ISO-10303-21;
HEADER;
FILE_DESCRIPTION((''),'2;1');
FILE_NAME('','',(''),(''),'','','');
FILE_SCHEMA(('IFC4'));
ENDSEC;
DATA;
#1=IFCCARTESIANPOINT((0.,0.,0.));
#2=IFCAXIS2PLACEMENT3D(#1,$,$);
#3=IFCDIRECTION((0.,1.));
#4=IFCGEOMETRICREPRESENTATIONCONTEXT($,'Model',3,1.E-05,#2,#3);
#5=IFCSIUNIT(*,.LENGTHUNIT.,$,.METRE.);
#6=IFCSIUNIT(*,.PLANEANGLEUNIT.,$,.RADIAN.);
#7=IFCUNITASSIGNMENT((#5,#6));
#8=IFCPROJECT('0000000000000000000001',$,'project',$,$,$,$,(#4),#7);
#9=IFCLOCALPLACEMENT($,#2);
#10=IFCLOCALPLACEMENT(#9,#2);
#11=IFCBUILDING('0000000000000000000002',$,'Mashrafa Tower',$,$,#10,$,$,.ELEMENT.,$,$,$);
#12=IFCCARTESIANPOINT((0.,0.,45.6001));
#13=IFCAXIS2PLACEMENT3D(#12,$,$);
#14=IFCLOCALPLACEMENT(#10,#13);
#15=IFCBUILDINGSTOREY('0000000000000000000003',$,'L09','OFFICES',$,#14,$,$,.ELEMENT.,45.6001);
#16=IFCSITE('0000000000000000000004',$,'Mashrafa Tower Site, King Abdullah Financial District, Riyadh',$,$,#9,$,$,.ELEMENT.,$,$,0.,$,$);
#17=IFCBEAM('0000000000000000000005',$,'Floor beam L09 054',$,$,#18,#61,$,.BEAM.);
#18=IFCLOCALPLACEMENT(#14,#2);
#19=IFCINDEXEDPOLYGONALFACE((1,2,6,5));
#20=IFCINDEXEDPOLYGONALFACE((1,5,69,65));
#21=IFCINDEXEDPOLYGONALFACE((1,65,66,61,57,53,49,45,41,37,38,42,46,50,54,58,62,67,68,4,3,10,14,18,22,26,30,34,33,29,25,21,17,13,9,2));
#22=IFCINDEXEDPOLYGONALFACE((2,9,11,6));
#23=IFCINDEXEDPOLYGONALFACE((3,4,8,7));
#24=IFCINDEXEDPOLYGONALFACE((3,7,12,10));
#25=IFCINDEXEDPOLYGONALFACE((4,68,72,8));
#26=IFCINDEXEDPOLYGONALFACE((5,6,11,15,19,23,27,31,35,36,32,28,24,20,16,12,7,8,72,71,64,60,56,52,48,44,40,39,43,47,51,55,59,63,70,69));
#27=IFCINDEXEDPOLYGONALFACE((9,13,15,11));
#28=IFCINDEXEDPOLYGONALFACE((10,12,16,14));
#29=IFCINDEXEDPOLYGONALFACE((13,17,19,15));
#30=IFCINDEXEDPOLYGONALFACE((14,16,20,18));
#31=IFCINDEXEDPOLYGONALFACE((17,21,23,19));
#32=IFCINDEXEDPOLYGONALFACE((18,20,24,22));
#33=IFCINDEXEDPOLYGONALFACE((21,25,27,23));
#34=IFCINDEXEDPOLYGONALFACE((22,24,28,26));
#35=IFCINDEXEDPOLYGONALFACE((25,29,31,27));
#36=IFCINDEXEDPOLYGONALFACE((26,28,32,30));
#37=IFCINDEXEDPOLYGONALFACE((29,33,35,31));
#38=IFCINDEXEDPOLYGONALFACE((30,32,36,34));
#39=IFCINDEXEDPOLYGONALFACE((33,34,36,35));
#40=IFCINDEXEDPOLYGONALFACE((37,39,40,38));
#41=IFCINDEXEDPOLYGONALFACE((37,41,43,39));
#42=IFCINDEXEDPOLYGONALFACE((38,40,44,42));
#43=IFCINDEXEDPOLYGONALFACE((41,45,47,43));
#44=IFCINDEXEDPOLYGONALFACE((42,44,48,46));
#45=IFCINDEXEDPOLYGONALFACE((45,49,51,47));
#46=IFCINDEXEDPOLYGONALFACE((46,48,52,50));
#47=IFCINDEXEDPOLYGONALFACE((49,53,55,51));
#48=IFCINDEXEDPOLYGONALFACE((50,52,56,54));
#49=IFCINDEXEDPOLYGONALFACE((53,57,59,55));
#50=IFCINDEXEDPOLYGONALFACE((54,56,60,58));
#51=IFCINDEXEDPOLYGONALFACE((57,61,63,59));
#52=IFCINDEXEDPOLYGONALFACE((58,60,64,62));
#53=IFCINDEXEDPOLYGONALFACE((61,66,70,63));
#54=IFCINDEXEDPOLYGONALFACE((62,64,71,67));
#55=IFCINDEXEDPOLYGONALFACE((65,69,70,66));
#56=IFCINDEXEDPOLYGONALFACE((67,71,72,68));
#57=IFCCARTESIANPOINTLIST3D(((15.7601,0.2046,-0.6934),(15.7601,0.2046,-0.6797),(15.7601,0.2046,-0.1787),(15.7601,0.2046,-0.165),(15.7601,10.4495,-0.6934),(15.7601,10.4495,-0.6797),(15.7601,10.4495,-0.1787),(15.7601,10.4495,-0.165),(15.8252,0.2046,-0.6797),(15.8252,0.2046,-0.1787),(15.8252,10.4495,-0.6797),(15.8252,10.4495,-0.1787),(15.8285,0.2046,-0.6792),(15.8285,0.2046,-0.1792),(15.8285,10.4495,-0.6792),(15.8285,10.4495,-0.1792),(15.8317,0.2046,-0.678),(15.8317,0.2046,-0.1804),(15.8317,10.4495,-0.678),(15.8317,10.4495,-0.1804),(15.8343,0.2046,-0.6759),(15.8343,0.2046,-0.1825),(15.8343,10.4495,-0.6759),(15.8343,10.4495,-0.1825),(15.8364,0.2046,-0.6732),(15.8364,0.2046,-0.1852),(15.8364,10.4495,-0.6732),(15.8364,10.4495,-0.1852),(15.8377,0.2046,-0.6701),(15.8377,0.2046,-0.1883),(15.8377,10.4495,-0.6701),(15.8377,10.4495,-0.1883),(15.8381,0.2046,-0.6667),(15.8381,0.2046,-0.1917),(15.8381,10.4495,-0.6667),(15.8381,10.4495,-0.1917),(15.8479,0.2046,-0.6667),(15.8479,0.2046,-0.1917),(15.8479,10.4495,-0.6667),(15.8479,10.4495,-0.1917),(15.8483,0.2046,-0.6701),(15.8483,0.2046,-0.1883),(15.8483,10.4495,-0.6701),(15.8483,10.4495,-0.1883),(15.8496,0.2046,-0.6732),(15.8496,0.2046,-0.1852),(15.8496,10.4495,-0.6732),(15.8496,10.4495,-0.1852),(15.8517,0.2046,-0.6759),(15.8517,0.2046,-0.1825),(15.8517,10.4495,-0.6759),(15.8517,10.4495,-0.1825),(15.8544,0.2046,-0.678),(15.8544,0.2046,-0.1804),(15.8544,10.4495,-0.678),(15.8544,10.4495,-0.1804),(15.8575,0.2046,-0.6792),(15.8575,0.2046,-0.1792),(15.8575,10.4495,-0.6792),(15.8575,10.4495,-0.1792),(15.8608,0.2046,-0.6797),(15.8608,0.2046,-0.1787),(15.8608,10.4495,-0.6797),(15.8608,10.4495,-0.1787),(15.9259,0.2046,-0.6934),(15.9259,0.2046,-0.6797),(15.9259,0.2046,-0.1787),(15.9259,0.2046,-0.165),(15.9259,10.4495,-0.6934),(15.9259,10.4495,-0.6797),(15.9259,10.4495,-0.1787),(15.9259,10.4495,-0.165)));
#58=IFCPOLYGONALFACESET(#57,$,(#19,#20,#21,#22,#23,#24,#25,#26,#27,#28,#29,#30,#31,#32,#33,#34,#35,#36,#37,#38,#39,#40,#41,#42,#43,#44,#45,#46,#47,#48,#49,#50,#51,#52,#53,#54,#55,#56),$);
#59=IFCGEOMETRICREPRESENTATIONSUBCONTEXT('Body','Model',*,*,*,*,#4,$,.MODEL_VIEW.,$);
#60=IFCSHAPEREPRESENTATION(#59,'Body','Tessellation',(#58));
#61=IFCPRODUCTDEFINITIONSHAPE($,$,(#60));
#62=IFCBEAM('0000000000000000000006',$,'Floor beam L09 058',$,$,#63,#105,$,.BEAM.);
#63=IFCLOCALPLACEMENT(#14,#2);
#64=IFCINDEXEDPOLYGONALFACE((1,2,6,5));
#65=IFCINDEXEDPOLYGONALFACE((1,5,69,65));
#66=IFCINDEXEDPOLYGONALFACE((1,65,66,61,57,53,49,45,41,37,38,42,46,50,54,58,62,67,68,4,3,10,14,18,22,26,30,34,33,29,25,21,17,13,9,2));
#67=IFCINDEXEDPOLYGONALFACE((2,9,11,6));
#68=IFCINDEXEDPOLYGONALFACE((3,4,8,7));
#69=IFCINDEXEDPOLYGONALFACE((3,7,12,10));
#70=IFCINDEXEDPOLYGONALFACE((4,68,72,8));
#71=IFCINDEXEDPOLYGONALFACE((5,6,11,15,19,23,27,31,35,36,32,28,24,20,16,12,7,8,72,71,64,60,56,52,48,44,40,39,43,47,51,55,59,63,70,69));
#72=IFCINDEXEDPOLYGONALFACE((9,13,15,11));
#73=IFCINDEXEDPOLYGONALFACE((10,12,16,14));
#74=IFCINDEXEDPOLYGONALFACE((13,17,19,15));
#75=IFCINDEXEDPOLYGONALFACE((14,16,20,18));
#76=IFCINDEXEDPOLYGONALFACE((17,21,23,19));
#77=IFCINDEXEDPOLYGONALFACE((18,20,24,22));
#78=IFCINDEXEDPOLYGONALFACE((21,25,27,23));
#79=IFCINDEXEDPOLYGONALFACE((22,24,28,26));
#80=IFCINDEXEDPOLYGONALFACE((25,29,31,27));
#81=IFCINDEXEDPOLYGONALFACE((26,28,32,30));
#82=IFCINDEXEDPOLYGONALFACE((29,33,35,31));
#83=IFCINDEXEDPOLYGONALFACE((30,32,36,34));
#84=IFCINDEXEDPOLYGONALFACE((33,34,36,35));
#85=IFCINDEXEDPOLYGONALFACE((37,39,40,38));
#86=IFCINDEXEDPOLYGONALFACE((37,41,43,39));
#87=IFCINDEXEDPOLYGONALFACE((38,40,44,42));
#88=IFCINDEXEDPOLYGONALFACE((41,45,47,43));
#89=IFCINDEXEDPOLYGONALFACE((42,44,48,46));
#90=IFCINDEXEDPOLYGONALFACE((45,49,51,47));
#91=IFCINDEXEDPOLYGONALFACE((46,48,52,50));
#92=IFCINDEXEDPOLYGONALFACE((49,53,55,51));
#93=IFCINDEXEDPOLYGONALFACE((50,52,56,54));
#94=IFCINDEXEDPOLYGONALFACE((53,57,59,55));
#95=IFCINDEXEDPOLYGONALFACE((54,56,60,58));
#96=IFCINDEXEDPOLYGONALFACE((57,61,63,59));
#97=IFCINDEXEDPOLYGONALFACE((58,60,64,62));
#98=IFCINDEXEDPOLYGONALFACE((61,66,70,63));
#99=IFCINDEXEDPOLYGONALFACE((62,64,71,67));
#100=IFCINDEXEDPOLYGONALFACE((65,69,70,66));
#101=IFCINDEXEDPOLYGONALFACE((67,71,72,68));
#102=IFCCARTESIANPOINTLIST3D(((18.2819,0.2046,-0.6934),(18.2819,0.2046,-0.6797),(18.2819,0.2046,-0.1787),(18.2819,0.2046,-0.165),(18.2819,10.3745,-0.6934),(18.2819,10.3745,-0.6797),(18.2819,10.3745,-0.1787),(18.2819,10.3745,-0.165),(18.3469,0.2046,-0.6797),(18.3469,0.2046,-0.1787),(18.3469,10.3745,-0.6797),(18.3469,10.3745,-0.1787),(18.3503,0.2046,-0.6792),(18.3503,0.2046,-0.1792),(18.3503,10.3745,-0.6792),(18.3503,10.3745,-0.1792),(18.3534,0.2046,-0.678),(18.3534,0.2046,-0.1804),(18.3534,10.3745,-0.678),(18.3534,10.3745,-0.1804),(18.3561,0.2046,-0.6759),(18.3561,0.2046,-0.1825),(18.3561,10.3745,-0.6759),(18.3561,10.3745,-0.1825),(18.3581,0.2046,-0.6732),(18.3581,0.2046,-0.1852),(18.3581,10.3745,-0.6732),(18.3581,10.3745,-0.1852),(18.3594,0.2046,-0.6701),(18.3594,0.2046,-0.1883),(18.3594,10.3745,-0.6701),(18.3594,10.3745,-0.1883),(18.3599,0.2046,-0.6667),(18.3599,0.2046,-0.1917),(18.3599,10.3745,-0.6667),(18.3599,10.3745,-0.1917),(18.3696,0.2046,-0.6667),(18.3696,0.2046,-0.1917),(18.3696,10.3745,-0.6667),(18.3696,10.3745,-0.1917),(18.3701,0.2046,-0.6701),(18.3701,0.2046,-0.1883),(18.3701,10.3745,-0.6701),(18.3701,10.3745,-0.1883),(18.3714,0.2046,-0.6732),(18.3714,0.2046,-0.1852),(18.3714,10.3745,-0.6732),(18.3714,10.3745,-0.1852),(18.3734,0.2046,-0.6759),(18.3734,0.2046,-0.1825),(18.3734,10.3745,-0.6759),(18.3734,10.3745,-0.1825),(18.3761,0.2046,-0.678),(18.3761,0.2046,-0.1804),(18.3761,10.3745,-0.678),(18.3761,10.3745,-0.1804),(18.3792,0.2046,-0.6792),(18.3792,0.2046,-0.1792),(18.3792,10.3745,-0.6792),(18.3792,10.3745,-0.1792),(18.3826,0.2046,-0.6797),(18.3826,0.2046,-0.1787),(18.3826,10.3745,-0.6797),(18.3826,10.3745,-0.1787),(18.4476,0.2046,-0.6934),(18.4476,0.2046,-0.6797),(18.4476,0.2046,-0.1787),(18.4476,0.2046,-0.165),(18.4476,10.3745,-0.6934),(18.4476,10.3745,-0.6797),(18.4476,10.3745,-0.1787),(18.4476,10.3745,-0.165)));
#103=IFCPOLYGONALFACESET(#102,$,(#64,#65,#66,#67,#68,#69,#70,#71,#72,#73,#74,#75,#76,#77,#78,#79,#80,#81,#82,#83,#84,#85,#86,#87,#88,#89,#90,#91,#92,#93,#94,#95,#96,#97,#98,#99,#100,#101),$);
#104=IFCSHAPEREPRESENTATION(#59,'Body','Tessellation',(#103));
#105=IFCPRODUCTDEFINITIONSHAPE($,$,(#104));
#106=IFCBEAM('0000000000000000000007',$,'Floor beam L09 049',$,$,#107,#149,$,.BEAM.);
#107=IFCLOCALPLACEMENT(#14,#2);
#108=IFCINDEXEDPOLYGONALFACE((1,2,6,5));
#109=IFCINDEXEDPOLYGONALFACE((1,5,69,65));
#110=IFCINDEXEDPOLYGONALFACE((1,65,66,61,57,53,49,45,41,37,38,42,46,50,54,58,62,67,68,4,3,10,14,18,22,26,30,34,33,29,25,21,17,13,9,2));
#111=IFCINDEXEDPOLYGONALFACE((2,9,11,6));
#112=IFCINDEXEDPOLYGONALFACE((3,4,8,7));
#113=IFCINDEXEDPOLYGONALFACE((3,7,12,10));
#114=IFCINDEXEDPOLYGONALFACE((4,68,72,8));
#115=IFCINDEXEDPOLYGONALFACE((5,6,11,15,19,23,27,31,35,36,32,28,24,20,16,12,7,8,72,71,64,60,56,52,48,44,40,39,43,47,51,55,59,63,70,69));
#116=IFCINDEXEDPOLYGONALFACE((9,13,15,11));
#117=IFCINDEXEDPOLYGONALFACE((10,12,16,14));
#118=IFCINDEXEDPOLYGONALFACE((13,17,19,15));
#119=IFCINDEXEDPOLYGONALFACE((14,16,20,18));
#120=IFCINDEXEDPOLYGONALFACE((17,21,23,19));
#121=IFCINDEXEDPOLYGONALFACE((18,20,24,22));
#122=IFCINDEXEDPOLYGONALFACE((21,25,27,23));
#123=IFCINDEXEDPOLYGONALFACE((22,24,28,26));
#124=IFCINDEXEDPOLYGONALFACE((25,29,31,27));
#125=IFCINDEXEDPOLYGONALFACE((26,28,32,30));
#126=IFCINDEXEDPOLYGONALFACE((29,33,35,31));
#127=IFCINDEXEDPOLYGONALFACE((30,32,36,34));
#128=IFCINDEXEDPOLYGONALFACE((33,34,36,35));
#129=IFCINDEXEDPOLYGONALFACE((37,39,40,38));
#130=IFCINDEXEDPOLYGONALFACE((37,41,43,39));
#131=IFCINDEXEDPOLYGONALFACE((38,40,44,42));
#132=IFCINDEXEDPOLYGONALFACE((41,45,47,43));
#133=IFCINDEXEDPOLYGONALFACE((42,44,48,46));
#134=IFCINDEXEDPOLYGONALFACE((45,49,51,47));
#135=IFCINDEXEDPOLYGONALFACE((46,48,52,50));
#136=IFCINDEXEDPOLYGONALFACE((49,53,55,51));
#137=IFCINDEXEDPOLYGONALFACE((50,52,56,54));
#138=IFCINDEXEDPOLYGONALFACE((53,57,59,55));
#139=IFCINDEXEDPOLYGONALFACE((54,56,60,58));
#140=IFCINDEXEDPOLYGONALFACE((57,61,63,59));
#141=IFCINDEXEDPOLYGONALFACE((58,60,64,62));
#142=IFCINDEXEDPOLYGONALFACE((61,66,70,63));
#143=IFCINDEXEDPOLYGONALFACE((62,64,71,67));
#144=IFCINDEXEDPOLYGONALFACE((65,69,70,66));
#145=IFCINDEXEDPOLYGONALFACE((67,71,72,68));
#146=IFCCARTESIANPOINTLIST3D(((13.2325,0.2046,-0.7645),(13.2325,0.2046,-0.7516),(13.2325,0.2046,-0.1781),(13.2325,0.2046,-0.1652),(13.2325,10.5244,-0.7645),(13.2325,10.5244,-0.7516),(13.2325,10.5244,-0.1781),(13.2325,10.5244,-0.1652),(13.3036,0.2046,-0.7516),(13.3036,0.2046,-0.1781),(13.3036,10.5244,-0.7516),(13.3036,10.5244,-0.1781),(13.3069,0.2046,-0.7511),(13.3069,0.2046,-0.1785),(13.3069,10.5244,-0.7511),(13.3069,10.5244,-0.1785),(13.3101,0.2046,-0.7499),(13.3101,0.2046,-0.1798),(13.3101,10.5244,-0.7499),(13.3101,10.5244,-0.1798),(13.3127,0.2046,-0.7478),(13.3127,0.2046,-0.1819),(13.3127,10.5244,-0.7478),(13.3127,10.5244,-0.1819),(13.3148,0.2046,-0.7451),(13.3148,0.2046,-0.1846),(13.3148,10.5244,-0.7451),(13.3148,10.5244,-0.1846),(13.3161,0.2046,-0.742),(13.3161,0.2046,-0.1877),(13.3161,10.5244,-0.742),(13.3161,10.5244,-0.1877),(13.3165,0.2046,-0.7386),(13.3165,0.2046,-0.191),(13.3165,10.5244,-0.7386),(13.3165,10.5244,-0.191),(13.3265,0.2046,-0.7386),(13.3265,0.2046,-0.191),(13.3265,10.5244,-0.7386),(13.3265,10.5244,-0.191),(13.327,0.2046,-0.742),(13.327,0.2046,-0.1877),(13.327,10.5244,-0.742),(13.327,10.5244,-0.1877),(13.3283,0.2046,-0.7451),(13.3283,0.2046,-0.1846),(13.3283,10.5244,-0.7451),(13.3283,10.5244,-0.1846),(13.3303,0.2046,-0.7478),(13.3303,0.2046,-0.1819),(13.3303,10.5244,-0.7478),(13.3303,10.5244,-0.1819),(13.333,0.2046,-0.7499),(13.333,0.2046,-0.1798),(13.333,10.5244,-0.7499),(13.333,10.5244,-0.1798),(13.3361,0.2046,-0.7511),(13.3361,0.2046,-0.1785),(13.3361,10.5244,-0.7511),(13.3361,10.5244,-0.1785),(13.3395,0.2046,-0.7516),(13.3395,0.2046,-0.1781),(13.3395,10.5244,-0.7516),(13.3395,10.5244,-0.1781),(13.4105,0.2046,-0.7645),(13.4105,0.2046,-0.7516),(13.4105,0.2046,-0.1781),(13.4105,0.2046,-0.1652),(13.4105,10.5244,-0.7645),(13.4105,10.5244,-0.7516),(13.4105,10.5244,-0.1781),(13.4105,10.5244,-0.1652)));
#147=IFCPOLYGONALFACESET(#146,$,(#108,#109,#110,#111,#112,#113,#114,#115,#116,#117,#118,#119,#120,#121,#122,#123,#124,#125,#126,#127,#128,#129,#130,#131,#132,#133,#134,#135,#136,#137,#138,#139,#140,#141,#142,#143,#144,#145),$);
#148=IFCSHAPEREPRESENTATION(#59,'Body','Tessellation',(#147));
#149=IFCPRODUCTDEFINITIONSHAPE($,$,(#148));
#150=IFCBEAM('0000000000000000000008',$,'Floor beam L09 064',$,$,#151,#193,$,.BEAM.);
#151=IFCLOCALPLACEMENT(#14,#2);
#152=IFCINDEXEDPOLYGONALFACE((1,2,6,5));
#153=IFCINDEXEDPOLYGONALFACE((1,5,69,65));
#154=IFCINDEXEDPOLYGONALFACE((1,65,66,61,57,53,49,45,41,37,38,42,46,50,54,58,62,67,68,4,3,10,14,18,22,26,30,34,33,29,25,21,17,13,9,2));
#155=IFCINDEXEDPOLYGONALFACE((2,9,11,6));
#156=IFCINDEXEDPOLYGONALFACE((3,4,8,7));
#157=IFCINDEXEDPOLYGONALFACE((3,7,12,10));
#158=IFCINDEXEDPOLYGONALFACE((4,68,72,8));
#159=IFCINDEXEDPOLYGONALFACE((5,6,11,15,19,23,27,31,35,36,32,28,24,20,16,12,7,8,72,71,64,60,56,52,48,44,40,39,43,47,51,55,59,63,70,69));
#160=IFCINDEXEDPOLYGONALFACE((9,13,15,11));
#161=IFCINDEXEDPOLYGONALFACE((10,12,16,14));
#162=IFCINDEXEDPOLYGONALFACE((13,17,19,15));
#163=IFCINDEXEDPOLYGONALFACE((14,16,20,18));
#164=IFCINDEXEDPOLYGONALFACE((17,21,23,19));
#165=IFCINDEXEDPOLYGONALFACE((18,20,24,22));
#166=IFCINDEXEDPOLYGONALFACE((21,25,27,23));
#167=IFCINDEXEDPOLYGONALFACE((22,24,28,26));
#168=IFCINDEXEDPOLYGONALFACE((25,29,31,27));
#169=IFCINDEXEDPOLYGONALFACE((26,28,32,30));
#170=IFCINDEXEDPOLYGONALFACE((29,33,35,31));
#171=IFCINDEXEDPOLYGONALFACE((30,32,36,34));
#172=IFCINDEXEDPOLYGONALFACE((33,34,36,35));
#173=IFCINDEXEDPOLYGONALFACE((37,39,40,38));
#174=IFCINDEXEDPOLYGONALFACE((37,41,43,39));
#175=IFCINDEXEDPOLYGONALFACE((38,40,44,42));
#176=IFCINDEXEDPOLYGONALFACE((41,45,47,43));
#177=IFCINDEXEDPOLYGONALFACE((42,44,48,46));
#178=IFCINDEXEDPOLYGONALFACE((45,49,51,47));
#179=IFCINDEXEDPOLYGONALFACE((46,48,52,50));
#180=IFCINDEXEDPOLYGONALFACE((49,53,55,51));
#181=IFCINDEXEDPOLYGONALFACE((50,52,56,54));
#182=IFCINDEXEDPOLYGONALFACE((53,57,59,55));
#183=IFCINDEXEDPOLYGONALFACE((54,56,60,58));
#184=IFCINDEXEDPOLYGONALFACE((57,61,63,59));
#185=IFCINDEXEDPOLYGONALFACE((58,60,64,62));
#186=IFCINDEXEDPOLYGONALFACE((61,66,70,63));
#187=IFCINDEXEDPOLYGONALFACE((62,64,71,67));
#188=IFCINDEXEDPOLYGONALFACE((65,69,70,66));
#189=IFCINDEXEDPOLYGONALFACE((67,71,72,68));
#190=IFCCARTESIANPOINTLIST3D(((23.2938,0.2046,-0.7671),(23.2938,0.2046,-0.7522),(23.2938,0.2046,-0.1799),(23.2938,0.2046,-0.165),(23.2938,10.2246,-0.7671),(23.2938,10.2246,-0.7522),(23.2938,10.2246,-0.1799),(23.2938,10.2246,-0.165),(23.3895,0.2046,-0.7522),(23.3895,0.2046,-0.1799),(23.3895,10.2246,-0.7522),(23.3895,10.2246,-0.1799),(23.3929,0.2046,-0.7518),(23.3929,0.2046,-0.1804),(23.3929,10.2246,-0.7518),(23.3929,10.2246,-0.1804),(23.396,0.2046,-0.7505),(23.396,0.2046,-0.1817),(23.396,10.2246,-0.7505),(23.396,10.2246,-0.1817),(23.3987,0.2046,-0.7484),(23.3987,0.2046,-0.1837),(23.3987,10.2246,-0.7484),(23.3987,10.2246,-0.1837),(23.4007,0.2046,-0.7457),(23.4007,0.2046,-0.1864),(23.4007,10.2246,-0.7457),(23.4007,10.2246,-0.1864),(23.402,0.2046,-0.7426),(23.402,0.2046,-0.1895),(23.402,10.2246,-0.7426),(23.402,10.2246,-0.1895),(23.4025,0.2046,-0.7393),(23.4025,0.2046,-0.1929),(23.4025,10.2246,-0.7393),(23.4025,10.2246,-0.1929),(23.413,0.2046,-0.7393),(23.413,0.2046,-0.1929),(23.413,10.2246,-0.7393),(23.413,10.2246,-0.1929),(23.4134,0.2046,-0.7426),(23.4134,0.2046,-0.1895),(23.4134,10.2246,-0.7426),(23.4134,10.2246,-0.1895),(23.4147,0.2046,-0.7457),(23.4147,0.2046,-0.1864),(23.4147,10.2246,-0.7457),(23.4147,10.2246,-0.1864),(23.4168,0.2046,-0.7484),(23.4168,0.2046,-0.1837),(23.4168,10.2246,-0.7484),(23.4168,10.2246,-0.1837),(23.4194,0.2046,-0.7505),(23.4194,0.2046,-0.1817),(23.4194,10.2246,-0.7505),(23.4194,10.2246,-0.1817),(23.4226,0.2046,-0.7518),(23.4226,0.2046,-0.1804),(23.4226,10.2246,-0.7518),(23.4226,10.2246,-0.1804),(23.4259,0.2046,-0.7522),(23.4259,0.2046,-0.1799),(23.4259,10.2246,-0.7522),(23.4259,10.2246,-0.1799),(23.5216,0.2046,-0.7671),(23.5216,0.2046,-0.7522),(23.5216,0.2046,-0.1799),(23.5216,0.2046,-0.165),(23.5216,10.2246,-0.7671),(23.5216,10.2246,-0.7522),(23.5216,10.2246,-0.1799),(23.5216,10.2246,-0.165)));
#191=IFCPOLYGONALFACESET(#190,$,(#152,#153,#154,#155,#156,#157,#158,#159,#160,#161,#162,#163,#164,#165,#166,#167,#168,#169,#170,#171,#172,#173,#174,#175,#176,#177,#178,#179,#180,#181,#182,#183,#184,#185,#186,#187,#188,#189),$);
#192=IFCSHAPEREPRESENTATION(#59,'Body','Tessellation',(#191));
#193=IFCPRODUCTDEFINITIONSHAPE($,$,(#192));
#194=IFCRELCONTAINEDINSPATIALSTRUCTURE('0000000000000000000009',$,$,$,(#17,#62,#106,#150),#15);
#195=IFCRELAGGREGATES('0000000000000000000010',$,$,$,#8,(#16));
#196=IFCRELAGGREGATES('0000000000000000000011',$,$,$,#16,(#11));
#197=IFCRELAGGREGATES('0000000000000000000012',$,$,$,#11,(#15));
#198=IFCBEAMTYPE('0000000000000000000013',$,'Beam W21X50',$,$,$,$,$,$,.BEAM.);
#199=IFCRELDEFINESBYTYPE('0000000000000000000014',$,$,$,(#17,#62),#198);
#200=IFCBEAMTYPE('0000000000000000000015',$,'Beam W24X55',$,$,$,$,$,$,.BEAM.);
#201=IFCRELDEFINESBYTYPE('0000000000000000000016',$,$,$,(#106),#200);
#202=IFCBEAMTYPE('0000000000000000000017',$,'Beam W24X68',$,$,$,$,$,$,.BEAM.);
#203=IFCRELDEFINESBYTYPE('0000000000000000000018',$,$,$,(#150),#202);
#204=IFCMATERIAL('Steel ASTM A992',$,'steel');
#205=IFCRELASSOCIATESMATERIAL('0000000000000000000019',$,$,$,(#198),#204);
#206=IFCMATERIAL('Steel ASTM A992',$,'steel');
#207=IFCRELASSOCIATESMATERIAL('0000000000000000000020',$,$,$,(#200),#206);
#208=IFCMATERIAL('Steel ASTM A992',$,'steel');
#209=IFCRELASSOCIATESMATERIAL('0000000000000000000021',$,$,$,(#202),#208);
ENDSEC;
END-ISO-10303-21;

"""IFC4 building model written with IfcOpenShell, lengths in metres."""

from ifc_helpers import new_model, si_unit, direction, frame, origin, origin_2d, place, context, subcontext, project, spatial, i_section, extrude, material, material_profile, profile_set, type_object, element, save


model = new_model("IFC4")

# Units and contexts
model_context = context("Model", 3, precision=1e-05, world=origin(), true_north=direction((0.0, 1.0)))
body_context = subcontext(model_context, "Body", "Model", "MODEL_VIEW")
ifc_project = project(units=[si_unit("LENGTHUNIT", "METRE"), si_unit("PLANEANGLEUNIT", "RADIAN")], contexts=[model_context])

# Site, building, storey
site_placement = place(None, origin())
site = spatial("IfcSite", under=ifc_project, at=site_placement, Name="Mashrafa Tower Site, King Abdullah Financial District, Riyadh", CompositionType="ELEMENT", RefElevation=0.0)
building_placement = place(site_placement, origin())
building = spatial("IfcBuilding", under=site, at=building_placement, Name="Mashrafa Tower", CompositionType="ELEMENT")
storey_placement = place(building_placement, frame((0.0, 0.0, 45.6001)))
storey = spatial("IfcBuildingStorey", under=building, at=storey_placement, Name="L09", Description="OFFICES", CompositionType="ELEMENT", Elevation=45.6001)

# Beams
ifc_material_1 = material(Name="Steel ASTM A992", Category="steel")
ifc_material_profile_1 = material_profile(ifc_material_1, i_section(OverallWidth=0.1658, OverallDepth=0.5283, WebThickness=0.0098, FlangeThickness=0.0137, FilletRadius=0.0129, at=origin_2d()), Name="W21X50")
ifc_profile_set_1 = profile_set([ifc_material_profile_1], Name="Steel ASTM A992")
beam_type_1 = type_object("IfcBeamType", Name="Beam W21X50", PredefinedType="BEAM", material=ifc_profile_set_1)
beam_1_placement = place(storey_placement, frame((15.843, 10.4495, -0.4292), z_axis=(0.0, -1.0, 0.0), x_axis=(1.0, 0.0, 0.0)))
element("IfcBeam", 1, at=beam_1_placement, inside=storey, type_object=beam_type_1, Name="Floor beam L09 054", PredefinedType="BEAM", context=body_context, shape_type="SweptSolid", body=[
    extrude(i_section(OverallWidth=0.1658, OverallDepth=0.5283, WebThickness=0.0098, FlangeThickness=0.0137, FilletRadius=0.0129, at=origin_2d()), origin(), (0.0, 0.0, 1.0), 10.2449),
])
beam_2_placement = place(storey_placement, frame((18.3647, 10.3745, -0.4292), z_axis=(0.0, -1.0, 0.0), x_axis=(1.0, 0.0, 0.0)))
element("IfcBeam", 2, at=beam_2_placement, inside=storey, type_object=beam_type_1, Name="Floor beam L09 058", PredefinedType="BEAM", context=body_context, shape_type="SweptSolid", body=[
    extrude(i_section(OverallWidth=0.1658, OverallDepth=0.5283, WebThickness=0.0098, FlangeThickness=0.0137, FilletRadius=0.0129, at=origin_2d()), origin(), (0.0, 0.0, 1.0), 10.1699),
])
ifc_material_2 = material(Name="Steel ASTM A992", Category="steel")
ifc_material_profile_2 = material_profile(ifc_material_2, i_section(OverallWidth=0.178, OverallDepth=0.5994, WebThickness=0.01, FlangeThickness=0.0129, FilletRadius=0.0129, at=origin_2d()), Name="W24X55")
ifc_profile_set_2 = profile_set([ifc_material_profile_2], Name="Steel ASTM A992")
beam_type_2 = type_object("IfcBeamType", Name="Beam W24X55", PredefinedType="BEAM", material=ifc_profile_set_2)
beam_3_placement = place(storey_placement, frame((13.3215, 10.5244, -0.4648), z_axis=(0.0, -1.0, 0.0), x_axis=(1.0, 0.0, 0.0)))
element("IfcBeam", 3, at=beam_3_placement, inside=storey, type_object=beam_type_2, Name="Floor beam L09 049", PredefinedType="BEAM", context=body_context, shape_type="SweptSolid", body=[
    extrude(i_section(OverallWidth=0.178, OverallDepth=0.5994, WebThickness=0.01, FlangeThickness=0.0129, FilletRadius=0.0129, at=origin_2d()), origin(), (0.0, 0.0, 1.0), 10.3198),
])
ifc_material_3 = material(Name="Steel ASTM A992", Category="steel")
ifc_material_profile_3 = material_profile(ifc_material_3, i_section(OverallWidth=0.2278, OverallDepth=0.6021, WebThickness=0.0105, FlangeThickness=0.0149, FilletRadius=0.0129, at=origin_2d()), Name="W24X68")
ifc_profile_set_3 = profile_set([ifc_material_profile_3], Name="Steel ASTM A992")
beam_type_3 = type_object("IfcBeamType", Name="Beam W24X68", PredefinedType="BEAM", material=ifc_profile_set_3)
beam_4_placement = place(storey_placement, frame((23.4077, 10.2246, -0.4661), z_axis=(0.0, -1.0, 0.0), x_axis=(1.0, 0.0, 0.0)))
element("IfcBeam", 4, at=beam_4_placement, inside=storey, type_object=beam_type_3, Name="Floor beam L09 064", PredefinedType="BEAM", context=body_context, shape_type="SweptSolid", body=[
    extrude(i_section(OverallWidth=0.2278, OverallDepth=0.6021, WebThickness=0.0105, FlangeThickness=0.0149, FilletRadius=0.0129, at=origin_2d()), origin(), (0.0, 0.0, 1.0), 10.02),
])

save(model, "model.ifc")
